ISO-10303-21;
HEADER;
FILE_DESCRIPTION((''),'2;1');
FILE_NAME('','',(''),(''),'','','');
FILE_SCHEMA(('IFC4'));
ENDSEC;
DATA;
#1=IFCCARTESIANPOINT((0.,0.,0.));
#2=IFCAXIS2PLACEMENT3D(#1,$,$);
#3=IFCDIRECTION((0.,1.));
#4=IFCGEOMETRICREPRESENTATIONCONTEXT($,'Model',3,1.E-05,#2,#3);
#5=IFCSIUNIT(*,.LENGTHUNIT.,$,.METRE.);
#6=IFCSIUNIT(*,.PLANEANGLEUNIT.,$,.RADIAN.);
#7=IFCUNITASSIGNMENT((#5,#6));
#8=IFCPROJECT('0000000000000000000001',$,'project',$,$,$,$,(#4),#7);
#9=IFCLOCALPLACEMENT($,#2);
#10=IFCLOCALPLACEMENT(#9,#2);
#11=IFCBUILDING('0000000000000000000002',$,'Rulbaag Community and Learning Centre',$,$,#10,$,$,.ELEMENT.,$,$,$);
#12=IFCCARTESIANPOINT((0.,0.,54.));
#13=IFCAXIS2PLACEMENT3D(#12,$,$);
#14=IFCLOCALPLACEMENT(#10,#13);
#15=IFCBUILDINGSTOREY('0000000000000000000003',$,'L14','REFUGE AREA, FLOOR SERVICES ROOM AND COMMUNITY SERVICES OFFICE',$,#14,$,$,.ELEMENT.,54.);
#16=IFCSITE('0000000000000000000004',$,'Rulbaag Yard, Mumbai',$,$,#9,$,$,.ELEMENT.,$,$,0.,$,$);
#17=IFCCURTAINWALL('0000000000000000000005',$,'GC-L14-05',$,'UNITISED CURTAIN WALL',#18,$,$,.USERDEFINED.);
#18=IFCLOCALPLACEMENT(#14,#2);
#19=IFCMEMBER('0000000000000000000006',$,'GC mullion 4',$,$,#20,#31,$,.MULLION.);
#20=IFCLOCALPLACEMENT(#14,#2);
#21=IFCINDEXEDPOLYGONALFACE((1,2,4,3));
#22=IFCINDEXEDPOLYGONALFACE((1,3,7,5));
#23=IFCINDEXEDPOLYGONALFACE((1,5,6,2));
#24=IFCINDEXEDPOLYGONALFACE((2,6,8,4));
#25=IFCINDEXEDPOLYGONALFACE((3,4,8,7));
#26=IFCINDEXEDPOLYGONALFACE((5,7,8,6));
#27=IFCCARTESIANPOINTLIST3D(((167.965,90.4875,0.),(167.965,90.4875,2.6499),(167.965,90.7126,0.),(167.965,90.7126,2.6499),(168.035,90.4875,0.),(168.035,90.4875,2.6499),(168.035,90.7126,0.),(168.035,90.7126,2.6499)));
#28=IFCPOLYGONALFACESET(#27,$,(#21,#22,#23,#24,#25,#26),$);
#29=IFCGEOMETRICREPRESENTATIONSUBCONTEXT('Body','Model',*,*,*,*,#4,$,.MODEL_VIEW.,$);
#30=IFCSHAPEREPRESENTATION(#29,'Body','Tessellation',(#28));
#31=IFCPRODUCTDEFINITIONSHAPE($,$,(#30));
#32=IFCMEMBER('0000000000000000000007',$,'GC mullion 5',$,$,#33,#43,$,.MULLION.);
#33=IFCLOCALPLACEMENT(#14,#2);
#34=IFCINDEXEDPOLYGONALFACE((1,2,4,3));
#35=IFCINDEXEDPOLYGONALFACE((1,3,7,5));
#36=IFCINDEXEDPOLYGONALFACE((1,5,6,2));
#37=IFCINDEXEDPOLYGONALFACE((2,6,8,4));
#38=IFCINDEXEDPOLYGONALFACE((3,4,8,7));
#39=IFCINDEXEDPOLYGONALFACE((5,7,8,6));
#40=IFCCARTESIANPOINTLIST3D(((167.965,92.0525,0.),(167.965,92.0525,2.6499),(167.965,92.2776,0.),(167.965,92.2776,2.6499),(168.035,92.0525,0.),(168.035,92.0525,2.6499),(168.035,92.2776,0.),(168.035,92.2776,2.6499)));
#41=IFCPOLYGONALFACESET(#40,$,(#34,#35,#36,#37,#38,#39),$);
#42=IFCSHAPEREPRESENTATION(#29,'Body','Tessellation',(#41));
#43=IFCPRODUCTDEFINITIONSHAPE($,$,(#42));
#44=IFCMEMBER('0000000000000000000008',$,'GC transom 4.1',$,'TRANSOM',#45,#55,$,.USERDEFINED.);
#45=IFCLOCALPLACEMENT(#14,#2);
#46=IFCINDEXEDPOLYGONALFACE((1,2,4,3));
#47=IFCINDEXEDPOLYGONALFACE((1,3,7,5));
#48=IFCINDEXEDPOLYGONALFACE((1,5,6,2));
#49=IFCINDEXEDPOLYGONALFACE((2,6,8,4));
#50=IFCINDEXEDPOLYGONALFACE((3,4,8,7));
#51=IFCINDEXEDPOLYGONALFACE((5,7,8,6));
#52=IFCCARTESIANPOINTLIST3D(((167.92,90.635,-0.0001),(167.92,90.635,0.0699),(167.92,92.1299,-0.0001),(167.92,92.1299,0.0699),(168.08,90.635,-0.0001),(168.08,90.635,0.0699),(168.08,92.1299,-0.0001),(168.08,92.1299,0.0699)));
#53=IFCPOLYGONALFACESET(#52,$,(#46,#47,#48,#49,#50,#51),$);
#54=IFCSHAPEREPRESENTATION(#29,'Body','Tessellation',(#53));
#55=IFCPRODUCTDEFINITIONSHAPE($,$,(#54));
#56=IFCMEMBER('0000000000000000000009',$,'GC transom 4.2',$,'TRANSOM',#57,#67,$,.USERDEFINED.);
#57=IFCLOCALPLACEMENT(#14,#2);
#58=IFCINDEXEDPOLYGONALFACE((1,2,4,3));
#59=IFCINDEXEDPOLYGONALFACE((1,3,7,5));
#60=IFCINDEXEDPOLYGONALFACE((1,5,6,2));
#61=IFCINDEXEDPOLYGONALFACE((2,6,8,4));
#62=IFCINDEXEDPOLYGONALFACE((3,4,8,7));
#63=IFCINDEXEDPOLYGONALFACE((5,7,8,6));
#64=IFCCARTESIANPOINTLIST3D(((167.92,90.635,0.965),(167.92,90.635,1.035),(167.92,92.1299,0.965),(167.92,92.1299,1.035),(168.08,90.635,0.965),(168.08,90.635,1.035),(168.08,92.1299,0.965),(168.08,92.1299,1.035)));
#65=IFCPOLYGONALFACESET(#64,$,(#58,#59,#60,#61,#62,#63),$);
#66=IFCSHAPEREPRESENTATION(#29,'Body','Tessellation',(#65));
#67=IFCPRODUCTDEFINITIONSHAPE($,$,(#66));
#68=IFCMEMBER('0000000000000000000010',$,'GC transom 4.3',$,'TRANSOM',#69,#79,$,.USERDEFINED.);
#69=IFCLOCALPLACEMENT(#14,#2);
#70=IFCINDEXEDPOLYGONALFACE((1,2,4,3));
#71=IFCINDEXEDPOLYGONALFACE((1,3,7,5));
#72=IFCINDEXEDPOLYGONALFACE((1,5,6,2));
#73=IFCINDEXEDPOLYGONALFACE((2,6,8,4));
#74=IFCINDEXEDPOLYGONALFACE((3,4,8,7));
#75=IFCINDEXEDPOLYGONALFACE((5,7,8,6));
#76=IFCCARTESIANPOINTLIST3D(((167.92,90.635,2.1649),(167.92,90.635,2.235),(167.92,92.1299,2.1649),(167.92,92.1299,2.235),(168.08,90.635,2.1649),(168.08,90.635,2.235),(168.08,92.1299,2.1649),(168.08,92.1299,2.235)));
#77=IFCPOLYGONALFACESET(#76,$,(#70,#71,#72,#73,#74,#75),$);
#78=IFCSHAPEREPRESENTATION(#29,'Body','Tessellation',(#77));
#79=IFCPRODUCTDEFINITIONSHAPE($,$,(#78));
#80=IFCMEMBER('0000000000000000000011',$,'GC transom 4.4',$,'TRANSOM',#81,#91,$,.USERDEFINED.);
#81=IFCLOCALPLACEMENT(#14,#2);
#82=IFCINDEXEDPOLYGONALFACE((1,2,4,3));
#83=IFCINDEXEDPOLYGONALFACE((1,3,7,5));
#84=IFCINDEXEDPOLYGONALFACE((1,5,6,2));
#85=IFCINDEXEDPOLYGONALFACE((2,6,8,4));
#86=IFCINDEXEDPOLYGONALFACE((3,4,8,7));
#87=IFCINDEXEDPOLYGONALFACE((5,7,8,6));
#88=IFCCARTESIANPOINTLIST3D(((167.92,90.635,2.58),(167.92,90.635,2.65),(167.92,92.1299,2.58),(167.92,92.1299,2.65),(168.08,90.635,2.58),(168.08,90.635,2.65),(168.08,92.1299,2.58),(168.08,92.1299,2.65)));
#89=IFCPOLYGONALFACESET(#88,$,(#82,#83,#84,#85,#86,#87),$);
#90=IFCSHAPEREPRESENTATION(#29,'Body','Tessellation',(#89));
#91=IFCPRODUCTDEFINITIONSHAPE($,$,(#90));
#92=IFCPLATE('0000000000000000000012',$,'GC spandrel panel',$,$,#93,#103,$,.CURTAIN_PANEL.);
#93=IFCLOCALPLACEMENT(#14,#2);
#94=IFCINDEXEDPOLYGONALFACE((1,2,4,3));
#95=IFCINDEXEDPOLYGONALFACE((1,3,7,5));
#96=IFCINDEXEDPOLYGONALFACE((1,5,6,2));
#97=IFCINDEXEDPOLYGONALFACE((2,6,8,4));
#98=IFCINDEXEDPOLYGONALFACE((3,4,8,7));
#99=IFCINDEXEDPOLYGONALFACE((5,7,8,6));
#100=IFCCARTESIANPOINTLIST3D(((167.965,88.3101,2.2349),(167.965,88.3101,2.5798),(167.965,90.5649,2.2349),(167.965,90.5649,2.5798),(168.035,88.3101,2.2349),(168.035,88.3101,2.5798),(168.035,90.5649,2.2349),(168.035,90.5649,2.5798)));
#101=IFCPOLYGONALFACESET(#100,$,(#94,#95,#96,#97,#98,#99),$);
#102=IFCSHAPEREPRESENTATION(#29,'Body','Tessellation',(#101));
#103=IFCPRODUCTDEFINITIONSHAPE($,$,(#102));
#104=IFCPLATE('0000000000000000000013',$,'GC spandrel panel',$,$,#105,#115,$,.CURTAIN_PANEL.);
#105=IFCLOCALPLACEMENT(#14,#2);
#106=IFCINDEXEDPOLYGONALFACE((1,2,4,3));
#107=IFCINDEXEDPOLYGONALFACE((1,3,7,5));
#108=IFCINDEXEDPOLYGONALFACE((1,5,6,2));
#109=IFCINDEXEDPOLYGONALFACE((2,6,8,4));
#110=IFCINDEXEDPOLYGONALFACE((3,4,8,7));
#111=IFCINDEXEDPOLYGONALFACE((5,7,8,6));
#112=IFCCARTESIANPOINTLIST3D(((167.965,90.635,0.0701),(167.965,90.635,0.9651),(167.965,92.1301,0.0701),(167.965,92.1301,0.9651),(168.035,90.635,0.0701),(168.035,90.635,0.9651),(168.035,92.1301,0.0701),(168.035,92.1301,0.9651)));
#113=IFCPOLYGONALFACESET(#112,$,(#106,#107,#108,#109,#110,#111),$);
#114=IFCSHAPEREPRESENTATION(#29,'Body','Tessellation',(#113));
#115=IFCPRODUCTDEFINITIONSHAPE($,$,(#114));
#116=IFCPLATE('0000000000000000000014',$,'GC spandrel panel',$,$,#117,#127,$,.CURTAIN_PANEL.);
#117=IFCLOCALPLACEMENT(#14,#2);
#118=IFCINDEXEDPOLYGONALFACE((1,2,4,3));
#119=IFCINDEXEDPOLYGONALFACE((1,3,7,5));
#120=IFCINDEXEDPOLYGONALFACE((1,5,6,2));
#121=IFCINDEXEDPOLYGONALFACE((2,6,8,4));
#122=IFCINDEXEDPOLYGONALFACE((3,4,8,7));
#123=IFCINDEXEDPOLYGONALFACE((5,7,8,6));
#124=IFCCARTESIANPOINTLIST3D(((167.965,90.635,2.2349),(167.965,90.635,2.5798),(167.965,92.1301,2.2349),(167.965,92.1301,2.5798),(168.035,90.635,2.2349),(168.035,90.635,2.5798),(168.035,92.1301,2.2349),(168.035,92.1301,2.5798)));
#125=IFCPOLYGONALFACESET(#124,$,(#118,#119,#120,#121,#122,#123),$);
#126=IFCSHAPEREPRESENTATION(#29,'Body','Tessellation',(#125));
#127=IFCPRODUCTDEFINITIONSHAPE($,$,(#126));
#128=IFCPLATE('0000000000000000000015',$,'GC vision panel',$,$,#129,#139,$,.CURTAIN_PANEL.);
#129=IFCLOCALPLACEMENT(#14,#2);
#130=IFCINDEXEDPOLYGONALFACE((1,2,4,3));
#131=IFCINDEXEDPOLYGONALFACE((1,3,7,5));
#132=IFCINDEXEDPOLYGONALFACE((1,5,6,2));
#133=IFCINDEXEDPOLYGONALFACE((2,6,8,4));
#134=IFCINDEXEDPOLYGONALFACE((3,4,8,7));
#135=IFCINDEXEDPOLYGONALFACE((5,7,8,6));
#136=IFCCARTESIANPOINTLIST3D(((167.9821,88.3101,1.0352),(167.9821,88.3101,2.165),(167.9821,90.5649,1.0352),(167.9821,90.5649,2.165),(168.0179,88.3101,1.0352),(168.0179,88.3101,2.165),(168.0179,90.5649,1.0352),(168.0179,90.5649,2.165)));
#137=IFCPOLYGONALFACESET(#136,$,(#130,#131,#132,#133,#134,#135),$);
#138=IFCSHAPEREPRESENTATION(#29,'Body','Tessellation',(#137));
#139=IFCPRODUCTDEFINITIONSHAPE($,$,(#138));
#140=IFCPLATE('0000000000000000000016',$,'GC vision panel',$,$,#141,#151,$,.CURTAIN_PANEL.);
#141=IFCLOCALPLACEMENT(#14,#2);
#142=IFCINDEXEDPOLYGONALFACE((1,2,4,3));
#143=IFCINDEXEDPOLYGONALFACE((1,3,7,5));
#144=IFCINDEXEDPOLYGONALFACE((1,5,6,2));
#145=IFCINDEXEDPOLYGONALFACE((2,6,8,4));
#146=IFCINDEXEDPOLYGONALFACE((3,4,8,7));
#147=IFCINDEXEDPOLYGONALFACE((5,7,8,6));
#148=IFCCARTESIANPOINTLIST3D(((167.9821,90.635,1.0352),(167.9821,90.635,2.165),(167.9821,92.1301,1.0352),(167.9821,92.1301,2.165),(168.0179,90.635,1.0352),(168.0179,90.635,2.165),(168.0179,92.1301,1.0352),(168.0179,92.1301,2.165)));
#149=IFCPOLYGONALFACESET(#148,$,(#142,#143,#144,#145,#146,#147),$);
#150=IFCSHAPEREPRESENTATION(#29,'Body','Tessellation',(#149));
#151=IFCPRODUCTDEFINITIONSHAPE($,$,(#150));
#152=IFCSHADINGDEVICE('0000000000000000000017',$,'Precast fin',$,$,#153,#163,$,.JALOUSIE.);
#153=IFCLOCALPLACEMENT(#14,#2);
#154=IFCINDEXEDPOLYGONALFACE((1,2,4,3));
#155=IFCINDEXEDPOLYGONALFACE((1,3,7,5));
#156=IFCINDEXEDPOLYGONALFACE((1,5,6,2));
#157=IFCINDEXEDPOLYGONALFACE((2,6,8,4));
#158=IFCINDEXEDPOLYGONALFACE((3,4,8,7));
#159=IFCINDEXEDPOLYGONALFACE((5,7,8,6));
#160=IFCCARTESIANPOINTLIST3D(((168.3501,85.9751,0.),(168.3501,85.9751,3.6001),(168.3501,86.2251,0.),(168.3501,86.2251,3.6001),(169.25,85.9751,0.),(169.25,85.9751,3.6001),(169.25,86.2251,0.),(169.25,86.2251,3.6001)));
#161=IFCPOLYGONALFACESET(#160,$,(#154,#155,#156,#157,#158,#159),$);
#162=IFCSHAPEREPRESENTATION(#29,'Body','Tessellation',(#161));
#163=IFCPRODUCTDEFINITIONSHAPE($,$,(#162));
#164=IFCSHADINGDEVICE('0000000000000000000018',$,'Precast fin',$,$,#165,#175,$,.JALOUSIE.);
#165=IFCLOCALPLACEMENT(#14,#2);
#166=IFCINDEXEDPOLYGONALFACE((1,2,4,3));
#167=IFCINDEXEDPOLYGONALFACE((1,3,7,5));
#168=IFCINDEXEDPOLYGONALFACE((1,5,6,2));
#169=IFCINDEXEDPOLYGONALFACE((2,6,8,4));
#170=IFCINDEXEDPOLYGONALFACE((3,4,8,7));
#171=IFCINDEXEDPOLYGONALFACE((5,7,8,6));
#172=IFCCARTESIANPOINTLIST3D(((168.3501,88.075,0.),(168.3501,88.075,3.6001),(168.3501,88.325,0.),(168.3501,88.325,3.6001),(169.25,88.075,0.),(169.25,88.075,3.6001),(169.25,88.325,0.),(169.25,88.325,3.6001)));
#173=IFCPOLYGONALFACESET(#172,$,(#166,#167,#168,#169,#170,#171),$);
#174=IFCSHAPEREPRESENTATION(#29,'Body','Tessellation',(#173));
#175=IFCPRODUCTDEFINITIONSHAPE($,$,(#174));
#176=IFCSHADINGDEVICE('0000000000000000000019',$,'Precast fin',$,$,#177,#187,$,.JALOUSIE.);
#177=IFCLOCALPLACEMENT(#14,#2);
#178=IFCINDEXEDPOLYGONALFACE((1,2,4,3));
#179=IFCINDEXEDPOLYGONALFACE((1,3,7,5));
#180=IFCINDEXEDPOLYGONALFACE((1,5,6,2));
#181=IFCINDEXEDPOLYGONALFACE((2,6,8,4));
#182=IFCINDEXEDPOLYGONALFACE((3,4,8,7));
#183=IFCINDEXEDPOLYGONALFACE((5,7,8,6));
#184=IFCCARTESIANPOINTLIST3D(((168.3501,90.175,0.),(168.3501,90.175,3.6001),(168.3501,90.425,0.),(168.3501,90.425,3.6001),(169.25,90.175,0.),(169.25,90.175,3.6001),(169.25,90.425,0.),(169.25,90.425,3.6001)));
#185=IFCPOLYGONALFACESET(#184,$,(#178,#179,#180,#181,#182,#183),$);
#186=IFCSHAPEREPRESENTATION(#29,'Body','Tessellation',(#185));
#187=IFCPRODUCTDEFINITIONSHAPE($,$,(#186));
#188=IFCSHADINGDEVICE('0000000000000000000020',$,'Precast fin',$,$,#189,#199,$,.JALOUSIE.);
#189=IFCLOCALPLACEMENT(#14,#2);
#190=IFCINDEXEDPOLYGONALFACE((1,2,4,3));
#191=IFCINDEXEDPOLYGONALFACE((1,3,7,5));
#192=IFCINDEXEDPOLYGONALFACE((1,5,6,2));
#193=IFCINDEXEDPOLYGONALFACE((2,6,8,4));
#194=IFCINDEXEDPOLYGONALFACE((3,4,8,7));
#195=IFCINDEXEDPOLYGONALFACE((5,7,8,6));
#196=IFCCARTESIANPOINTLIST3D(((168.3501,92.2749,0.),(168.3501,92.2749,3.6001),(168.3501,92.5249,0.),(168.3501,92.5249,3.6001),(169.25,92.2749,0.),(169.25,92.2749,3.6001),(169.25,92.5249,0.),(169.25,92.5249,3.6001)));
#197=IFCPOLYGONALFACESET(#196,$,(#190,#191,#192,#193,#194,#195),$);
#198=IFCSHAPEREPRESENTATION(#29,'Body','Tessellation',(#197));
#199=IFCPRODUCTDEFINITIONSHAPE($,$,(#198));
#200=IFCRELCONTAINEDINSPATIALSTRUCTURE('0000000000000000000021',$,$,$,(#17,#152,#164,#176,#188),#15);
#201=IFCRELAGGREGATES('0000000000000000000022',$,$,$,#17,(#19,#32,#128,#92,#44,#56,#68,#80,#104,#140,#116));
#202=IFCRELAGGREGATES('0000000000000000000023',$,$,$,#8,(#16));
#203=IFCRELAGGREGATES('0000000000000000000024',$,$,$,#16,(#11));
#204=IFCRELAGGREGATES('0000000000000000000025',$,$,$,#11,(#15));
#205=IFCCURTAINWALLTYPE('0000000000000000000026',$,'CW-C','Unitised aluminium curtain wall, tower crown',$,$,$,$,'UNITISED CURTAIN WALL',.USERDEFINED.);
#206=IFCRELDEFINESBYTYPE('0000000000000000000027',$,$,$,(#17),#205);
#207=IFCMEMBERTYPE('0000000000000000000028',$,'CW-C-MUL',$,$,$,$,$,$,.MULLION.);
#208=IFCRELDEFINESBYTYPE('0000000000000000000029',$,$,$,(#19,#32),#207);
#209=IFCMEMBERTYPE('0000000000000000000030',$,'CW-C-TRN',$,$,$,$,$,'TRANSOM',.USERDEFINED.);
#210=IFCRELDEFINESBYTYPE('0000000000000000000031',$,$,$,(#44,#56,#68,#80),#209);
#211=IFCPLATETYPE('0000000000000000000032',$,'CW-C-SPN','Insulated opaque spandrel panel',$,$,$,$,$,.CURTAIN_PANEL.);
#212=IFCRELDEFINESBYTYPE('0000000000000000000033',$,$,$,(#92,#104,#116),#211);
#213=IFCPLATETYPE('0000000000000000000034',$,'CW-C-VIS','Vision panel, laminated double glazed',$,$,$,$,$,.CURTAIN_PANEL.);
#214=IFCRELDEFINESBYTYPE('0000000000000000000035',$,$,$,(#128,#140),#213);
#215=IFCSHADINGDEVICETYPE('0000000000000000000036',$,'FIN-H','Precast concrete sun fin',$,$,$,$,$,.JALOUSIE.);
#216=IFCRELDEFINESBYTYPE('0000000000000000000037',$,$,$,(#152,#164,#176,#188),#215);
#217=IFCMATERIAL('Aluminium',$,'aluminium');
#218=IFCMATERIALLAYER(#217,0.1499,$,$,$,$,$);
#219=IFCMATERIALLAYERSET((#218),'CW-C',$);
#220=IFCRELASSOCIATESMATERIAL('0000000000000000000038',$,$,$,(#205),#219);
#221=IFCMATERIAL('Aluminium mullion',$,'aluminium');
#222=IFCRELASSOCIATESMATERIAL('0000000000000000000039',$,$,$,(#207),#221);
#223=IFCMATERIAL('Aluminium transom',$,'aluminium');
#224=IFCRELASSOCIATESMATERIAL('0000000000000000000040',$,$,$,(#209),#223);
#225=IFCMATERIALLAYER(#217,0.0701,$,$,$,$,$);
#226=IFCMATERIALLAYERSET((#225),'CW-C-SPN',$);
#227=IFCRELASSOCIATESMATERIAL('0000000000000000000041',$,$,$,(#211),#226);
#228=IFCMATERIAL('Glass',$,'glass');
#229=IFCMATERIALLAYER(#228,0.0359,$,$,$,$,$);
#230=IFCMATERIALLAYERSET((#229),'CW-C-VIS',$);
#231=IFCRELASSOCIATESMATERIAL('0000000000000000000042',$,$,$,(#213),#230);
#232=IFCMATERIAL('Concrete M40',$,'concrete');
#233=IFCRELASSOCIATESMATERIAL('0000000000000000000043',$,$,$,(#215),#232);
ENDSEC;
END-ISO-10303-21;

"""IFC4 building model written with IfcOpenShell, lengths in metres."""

from ifc_helpers import new_model, si_unit, direction, frame, origin, origin_2d, place, context, subcontext, project, spatial, rectangle, extrude, material, layer, layer_set, material_profile, profile_set, type_object, element, aggregate, save


model = new_model("IFC4")

# Units and contexts
model_context = context("Model", 3, precision=1e-05, world=origin(), true_north=direction((0.0, 1.0)))
body_context = subcontext(model_context, "Body", "Model", "MODEL_VIEW")
ifc_project = project(units=[si_unit("LENGTHUNIT", "METRE"), si_unit("PLANEANGLEUNIT", "RADIAN")], contexts=[model_context])

# Site, building, storey
site_placement = place(None, origin())
site = spatial("IfcSite", under=ifc_project, at=site_placement, Name="Rulbaag Yard, Mumbai", CompositionType="ELEMENT", RefElevation=0.0)
building_placement = place(site_placement, origin())
building = spatial("IfcBuilding", under=site, at=building_placement, Name="Rulbaag Community and Learning Centre", CompositionType="ELEMENT")
storey_placement = place(building_placement, frame((0.0, 0.0, 54.0)))
storey = spatial("IfcBuildingStorey", under=building, at=storey_placement, Name="L14", Description="REFUGE AREA, FLOOR SERVICES ROOM AND COMMUNITY SERVICES OFFICE", CompositionType="ELEMENT", Elevation=54.0)

# Curtain wall, members, plates
ifc_material_1 = material(Name="Aluminium", Category="aluminium")
ifc_layer_1 = layer(ifc_material_1, 0.1499)
ifc_layer_set_1 = layer_set([ifc_layer_1], Name="CW-C")
curtain_wall_type = type_object("IfcCurtainWallType", Name="CW-C", Description="Unitised aluminium curtain wall, tower crown", ElementType="UNITISED CURTAIN WALL", PredefinedType="USERDEFINED", material=ifc_layer_set_1)
curtain_wall_placement = place(storey_placement, origin())
curtain_wall = element("IfcCurtainWall", 1, at=curtain_wall_placement, inside=storey, type_object=curtain_wall_type, Name="GC-L14-05", ObjectType="UNITISED CURTAIN WALL", PredefinedType="USERDEFINED")
ifc_material_2 = material(Name="Aluminium mullion", Category="aluminium")
ifc_material_profile_1 = material_profile(ifc_material_2, rectangle(XDim=0.0701, YDim=0.2251, at=origin_2d()), Name="AL 70x225")
ifc_profile_set_1 = profile_set([ifc_material_profile_1], Name="Aluminium mullion")
member_type_1 = type_object("IfcMemberType", Name="CW-C-MUL", PredefinedType="MULLION", material=ifc_profile_set_1)
member_1_placement = place(storey_placement, frame((168.0, 90.6001, 0.0), z_axis=(0.0, 0.0, 1.0), x_axis=(-1.0, 0.0, 0.0)))
member_1 = element("IfcMember", 2, at=member_1_placement, type_object=member_type_1, Name="GC mullion 4", PredefinedType="MULLION", context=body_context, shape_type="SweptSolid", body=[
    extrude(rectangle(XDim=0.0701, YDim=0.2251, at=origin_2d()), origin(), (0.0, 0.0, 1.0), 2.6499),
])
member_2_placement = place(storey_placement, frame((168.0, 92.165, 0.0), z_axis=(0.0, 0.0, 1.0), x_axis=(-1.0, 0.0, 0.0)))
member_2 = element("IfcMember", 3, at=member_2_placement, type_object=member_type_1, Name="GC mullion 5", PredefinedType="MULLION", context=body_context, shape_type="SweptSolid", body=[
    extrude(rectangle(XDim=0.0701, YDim=0.2251, at=origin_2d()), origin(), (0.0, 0.0, 1.0), 2.6499),
])
ifc_material_3 = material(Name="Aluminium transom", Category="aluminium")
ifc_material_profile_2 = material_profile(ifc_material_3, rectangle(XDim=0.1599, YDim=0.0701, at=origin_2d()), Name="AL 70x160 T")
ifc_profile_set_2 = profile_set([ifc_material_profile_2], Name="Aluminium transom")
member_type_2 = type_object("IfcMemberType", Name="CW-C-TRN", ElementType="TRANSOM", PredefinedType="USERDEFINED", material=ifc_profile_set_2)
member_3_placement = place(storey_placement, frame((168.0, 90.635, 0.0349), z_axis=(0.0, 1.0, 0.0), x_axis=(-1.0, 0.0, 0.0)))
member_3 = element("IfcMember", 4, at=member_3_placement, type_object=member_type_2, Name="GC transom 4.1", ObjectType="TRANSOM", PredefinedType="USERDEFINED", context=body_context, shape_type="SweptSolid", body=[
    extrude(rectangle(XDim=0.1599, YDim=0.0701, at=origin_2d()), origin(), (0.0, 0.0, 1.0), 1.4949),
])
member_4_placement = place(storey_placement, frame((168.0, 90.635, 1.0), z_axis=(0.0, 1.0, 0.0), x_axis=(-1.0, 0.0, 0.0)))
member_4 = element("IfcMember", 5, at=member_4_placement, type_object=member_type_2, Name="GC transom 4.2", ObjectType="TRANSOM", PredefinedType="USERDEFINED", context=body_context, shape_type="SweptSolid", body=[
    extrude(rectangle(XDim=0.1599, YDim=0.0701, at=origin_2d()), origin(), (0.0, 0.0, 1.0), 1.4949),
])
member_5_placement = place(storey_placement, frame((168.0, 90.635, 2.2), z_axis=(0.0, 1.0, 0.0), x_axis=(-1.0, 0.0, 0.0)))
member_5 = element("IfcMember", 6, at=member_5_placement, type_object=member_type_2, Name="GC transom 4.3", ObjectType="TRANSOM", PredefinedType="USERDEFINED", context=body_context, shape_type="SweptSolid", body=[
    extrude(rectangle(XDim=0.1599, YDim=0.0701, at=origin_2d()), origin(), (0.0, 0.0, 1.0), 1.4949),
])
member_6_placement = place(storey_placement, frame((168.0, 90.635, 2.615), z_axis=(0.0, 1.0, 0.0), x_axis=(-1.0, 0.0, 0.0)))
member_6 = element("IfcMember", 7, at=member_6_placement, type_object=member_type_2, Name="GC transom 4.4", ObjectType="TRANSOM", PredefinedType="USERDEFINED", context=body_context, shape_type="SweptSolid", body=[
    extrude(rectangle(XDim=0.1599, YDim=0.0701, at=origin_2d()), origin(), (0.0, 0.0, 1.0), 1.4949),
])
ifc_layer_2 = layer(ifc_material_1, 0.0701)
ifc_layer_set_2 = layer_set([ifc_layer_2], Name="CW-C-SPN")
plate_type_1 = type_object("IfcPlateType", Name="CW-C-SPN", Description="Insulated opaque spandrel panel", PredefinedType="CURTAIN_PANEL", material=ifc_layer_set_2)
plate_1_placement = place(storey_placement, frame((168.0, 89.4375, 2.2349), z_axis=(0.0, 0.0, 1.0), x_axis=(0.0, 1.0, 0.0)))
plate_1 = element("IfcPlate", 8, at=plate_1_placement, type_object=plate_type_1, Name="GC spandrel panel", PredefinedType="CURTAIN_PANEL", context=body_context, shape_type="SweptSolid", body=[
    extrude(rectangle(XDim=2.2549, YDim=0.0701, at=origin_2d()), origin(), (0.0, 0.0, 1.0), 0.345),
])
plate_2_placement = place(storey_placement, frame((168.0, 91.3826, 0.0701), z_axis=(0.0, 0.0, 1.0), x_axis=(0.0, 1.0, 0.0)))
plate_2 = element("IfcPlate", 9, at=plate_2_placement, type_object=plate_type_1, Name="GC spandrel panel", PredefinedType="CURTAIN_PANEL", context=body_context, shape_type="SweptSolid", body=[
    extrude(rectangle(XDim=1.4951, YDim=0.0701, at=origin_2d()), origin(), (0.0, 0.0, 1.0), 0.895),
])
plate_3_placement = place(storey_placement, frame((168.0, 91.3826, 2.2349), z_axis=(0.0, 0.0, 1.0), x_axis=(0.0, 1.0, 0.0)))
plate_3 = element("IfcPlate", 10, at=plate_3_placement, type_object=plate_type_1, Name="GC spandrel panel", PredefinedType="CURTAIN_PANEL", context=body_context, shape_type="SweptSolid", body=[
    extrude(rectangle(XDim=1.4951, YDim=0.0701, at=origin_2d()), origin(), (0.0, 0.0, 1.0), 0.345),
])
ifc_material_4 = material(Name="Glass", Category="glass")
ifc_layer_3 = layer(ifc_material_4, 0.0359)
ifc_layer_set_3 = layer_set([ifc_layer_3], Name="CW-C-VIS")
plate_type_2 = type_object("IfcPlateType", Name="CW-C-VIS", Description="Vision panel, laminated double glazed", PredefinedType="CURTAIN_PANEL", material=ifc_layer_set_3)
plate_4_placement = place(storey_placement, frame((168.0, 89.4375, 1.0352), z_axis=(0.0, 0.0, 1.0), x_axis=(0.0, 1.0, 0.0)))
plate_4 = element("IfcPlate", 11, at=plate_4_placement, type_object=plate_type_2, Name="GC vision panel", PredefinedType="CURTAIN_PANEL", context=body_context, shape_type="SweptSolid", body=[
    extrude(rectangle(XDim=2.2549, YDim=0.0359, at=origin_2d()), origin(), (0.0, 0.0, 1.0), 1.1299),
])
plate_5_placement = place(storey_placement, frame((168.0, 91.3826, 1.0352), z_axis=(0.0, 0.0, 1.0), x_axis=(0.0, 1.0, 0.0)))
plate_5 = element("IfcPlate", 12, at=plate_5_placement, type_object=plate_type_2, Name="GC vision panel", PredefinedType="CURTAIN_PANEL", context=body_context, shape_type="SweptSolid", body=[
    extrude(rectangle(XDim=1.4951, YDim=0.0359, at=origin_2d()), origin(), (0.0, 0.0, 1.0), 1.1299),
])
aggregate(curtain_wall, [member_1, member_2, plate_4, plate_1, member_3, member_4, member_5, member_6, plate_2, plate_5, plate_3])

# Shading devices
ifc_material_5 = material(Name="Concrete M40", Category="concrete")
ifc_material_profile_3 = material_profile(ifc_material_5, rectangle(XDim=0.25, YDim=0.8999, at=origin_2d()), Name="PC 250x900")
ifc_profile_set_3 = profile_set([ifc_material_profile_3], Name="Concrete M40")
shading_device_type_1 = type_object("IfcShadingDeviceType", Name="FIN-H", Description="Precast concrete sun fin", PredefinedType="JALOUSIE", material=ifc_profile_set_3)
for number, where, z_axis, x_axis, name in (
    (13, (168.8, 86.1001, 0.0), (0.0, 0.0, 1.0), (0.0, 1.0, 0.0), "Precast fin"),
    (14, (168.8, 88.2, 0.0), (0.0, 0.0, 1.0), (0.0, 1.0, 0.0), "Precast fin"),
    (15, (168.8, 90.3, 0.0), (0.0, 0.0, 1.0), (0.0, 1.0, 0.0), "Precast fin"),
    (16, (168.8, 92.3999, 0.0), (0.0, 0.0, 1.0), (0.0, 1.0, 0.0), "Precast fin"),
):
    element("IfcShadingDevice", number, at=place(storey_placement, frame(where, z_axis=z_axis, x_axis=x_axis)), inside=storey, type_object=shading_device_type_1, Name=name, PredefinedType="JALOUSIE", context=body_context, shape_type="SweptSolid", body=[
        extrude(rectangle(XDim=0.25, YDim=0.8999, at=origin_2d()), origin(), (0.0, 0.0, 1.0), 3.6001),
    ])

save(model, "model.ifc")
